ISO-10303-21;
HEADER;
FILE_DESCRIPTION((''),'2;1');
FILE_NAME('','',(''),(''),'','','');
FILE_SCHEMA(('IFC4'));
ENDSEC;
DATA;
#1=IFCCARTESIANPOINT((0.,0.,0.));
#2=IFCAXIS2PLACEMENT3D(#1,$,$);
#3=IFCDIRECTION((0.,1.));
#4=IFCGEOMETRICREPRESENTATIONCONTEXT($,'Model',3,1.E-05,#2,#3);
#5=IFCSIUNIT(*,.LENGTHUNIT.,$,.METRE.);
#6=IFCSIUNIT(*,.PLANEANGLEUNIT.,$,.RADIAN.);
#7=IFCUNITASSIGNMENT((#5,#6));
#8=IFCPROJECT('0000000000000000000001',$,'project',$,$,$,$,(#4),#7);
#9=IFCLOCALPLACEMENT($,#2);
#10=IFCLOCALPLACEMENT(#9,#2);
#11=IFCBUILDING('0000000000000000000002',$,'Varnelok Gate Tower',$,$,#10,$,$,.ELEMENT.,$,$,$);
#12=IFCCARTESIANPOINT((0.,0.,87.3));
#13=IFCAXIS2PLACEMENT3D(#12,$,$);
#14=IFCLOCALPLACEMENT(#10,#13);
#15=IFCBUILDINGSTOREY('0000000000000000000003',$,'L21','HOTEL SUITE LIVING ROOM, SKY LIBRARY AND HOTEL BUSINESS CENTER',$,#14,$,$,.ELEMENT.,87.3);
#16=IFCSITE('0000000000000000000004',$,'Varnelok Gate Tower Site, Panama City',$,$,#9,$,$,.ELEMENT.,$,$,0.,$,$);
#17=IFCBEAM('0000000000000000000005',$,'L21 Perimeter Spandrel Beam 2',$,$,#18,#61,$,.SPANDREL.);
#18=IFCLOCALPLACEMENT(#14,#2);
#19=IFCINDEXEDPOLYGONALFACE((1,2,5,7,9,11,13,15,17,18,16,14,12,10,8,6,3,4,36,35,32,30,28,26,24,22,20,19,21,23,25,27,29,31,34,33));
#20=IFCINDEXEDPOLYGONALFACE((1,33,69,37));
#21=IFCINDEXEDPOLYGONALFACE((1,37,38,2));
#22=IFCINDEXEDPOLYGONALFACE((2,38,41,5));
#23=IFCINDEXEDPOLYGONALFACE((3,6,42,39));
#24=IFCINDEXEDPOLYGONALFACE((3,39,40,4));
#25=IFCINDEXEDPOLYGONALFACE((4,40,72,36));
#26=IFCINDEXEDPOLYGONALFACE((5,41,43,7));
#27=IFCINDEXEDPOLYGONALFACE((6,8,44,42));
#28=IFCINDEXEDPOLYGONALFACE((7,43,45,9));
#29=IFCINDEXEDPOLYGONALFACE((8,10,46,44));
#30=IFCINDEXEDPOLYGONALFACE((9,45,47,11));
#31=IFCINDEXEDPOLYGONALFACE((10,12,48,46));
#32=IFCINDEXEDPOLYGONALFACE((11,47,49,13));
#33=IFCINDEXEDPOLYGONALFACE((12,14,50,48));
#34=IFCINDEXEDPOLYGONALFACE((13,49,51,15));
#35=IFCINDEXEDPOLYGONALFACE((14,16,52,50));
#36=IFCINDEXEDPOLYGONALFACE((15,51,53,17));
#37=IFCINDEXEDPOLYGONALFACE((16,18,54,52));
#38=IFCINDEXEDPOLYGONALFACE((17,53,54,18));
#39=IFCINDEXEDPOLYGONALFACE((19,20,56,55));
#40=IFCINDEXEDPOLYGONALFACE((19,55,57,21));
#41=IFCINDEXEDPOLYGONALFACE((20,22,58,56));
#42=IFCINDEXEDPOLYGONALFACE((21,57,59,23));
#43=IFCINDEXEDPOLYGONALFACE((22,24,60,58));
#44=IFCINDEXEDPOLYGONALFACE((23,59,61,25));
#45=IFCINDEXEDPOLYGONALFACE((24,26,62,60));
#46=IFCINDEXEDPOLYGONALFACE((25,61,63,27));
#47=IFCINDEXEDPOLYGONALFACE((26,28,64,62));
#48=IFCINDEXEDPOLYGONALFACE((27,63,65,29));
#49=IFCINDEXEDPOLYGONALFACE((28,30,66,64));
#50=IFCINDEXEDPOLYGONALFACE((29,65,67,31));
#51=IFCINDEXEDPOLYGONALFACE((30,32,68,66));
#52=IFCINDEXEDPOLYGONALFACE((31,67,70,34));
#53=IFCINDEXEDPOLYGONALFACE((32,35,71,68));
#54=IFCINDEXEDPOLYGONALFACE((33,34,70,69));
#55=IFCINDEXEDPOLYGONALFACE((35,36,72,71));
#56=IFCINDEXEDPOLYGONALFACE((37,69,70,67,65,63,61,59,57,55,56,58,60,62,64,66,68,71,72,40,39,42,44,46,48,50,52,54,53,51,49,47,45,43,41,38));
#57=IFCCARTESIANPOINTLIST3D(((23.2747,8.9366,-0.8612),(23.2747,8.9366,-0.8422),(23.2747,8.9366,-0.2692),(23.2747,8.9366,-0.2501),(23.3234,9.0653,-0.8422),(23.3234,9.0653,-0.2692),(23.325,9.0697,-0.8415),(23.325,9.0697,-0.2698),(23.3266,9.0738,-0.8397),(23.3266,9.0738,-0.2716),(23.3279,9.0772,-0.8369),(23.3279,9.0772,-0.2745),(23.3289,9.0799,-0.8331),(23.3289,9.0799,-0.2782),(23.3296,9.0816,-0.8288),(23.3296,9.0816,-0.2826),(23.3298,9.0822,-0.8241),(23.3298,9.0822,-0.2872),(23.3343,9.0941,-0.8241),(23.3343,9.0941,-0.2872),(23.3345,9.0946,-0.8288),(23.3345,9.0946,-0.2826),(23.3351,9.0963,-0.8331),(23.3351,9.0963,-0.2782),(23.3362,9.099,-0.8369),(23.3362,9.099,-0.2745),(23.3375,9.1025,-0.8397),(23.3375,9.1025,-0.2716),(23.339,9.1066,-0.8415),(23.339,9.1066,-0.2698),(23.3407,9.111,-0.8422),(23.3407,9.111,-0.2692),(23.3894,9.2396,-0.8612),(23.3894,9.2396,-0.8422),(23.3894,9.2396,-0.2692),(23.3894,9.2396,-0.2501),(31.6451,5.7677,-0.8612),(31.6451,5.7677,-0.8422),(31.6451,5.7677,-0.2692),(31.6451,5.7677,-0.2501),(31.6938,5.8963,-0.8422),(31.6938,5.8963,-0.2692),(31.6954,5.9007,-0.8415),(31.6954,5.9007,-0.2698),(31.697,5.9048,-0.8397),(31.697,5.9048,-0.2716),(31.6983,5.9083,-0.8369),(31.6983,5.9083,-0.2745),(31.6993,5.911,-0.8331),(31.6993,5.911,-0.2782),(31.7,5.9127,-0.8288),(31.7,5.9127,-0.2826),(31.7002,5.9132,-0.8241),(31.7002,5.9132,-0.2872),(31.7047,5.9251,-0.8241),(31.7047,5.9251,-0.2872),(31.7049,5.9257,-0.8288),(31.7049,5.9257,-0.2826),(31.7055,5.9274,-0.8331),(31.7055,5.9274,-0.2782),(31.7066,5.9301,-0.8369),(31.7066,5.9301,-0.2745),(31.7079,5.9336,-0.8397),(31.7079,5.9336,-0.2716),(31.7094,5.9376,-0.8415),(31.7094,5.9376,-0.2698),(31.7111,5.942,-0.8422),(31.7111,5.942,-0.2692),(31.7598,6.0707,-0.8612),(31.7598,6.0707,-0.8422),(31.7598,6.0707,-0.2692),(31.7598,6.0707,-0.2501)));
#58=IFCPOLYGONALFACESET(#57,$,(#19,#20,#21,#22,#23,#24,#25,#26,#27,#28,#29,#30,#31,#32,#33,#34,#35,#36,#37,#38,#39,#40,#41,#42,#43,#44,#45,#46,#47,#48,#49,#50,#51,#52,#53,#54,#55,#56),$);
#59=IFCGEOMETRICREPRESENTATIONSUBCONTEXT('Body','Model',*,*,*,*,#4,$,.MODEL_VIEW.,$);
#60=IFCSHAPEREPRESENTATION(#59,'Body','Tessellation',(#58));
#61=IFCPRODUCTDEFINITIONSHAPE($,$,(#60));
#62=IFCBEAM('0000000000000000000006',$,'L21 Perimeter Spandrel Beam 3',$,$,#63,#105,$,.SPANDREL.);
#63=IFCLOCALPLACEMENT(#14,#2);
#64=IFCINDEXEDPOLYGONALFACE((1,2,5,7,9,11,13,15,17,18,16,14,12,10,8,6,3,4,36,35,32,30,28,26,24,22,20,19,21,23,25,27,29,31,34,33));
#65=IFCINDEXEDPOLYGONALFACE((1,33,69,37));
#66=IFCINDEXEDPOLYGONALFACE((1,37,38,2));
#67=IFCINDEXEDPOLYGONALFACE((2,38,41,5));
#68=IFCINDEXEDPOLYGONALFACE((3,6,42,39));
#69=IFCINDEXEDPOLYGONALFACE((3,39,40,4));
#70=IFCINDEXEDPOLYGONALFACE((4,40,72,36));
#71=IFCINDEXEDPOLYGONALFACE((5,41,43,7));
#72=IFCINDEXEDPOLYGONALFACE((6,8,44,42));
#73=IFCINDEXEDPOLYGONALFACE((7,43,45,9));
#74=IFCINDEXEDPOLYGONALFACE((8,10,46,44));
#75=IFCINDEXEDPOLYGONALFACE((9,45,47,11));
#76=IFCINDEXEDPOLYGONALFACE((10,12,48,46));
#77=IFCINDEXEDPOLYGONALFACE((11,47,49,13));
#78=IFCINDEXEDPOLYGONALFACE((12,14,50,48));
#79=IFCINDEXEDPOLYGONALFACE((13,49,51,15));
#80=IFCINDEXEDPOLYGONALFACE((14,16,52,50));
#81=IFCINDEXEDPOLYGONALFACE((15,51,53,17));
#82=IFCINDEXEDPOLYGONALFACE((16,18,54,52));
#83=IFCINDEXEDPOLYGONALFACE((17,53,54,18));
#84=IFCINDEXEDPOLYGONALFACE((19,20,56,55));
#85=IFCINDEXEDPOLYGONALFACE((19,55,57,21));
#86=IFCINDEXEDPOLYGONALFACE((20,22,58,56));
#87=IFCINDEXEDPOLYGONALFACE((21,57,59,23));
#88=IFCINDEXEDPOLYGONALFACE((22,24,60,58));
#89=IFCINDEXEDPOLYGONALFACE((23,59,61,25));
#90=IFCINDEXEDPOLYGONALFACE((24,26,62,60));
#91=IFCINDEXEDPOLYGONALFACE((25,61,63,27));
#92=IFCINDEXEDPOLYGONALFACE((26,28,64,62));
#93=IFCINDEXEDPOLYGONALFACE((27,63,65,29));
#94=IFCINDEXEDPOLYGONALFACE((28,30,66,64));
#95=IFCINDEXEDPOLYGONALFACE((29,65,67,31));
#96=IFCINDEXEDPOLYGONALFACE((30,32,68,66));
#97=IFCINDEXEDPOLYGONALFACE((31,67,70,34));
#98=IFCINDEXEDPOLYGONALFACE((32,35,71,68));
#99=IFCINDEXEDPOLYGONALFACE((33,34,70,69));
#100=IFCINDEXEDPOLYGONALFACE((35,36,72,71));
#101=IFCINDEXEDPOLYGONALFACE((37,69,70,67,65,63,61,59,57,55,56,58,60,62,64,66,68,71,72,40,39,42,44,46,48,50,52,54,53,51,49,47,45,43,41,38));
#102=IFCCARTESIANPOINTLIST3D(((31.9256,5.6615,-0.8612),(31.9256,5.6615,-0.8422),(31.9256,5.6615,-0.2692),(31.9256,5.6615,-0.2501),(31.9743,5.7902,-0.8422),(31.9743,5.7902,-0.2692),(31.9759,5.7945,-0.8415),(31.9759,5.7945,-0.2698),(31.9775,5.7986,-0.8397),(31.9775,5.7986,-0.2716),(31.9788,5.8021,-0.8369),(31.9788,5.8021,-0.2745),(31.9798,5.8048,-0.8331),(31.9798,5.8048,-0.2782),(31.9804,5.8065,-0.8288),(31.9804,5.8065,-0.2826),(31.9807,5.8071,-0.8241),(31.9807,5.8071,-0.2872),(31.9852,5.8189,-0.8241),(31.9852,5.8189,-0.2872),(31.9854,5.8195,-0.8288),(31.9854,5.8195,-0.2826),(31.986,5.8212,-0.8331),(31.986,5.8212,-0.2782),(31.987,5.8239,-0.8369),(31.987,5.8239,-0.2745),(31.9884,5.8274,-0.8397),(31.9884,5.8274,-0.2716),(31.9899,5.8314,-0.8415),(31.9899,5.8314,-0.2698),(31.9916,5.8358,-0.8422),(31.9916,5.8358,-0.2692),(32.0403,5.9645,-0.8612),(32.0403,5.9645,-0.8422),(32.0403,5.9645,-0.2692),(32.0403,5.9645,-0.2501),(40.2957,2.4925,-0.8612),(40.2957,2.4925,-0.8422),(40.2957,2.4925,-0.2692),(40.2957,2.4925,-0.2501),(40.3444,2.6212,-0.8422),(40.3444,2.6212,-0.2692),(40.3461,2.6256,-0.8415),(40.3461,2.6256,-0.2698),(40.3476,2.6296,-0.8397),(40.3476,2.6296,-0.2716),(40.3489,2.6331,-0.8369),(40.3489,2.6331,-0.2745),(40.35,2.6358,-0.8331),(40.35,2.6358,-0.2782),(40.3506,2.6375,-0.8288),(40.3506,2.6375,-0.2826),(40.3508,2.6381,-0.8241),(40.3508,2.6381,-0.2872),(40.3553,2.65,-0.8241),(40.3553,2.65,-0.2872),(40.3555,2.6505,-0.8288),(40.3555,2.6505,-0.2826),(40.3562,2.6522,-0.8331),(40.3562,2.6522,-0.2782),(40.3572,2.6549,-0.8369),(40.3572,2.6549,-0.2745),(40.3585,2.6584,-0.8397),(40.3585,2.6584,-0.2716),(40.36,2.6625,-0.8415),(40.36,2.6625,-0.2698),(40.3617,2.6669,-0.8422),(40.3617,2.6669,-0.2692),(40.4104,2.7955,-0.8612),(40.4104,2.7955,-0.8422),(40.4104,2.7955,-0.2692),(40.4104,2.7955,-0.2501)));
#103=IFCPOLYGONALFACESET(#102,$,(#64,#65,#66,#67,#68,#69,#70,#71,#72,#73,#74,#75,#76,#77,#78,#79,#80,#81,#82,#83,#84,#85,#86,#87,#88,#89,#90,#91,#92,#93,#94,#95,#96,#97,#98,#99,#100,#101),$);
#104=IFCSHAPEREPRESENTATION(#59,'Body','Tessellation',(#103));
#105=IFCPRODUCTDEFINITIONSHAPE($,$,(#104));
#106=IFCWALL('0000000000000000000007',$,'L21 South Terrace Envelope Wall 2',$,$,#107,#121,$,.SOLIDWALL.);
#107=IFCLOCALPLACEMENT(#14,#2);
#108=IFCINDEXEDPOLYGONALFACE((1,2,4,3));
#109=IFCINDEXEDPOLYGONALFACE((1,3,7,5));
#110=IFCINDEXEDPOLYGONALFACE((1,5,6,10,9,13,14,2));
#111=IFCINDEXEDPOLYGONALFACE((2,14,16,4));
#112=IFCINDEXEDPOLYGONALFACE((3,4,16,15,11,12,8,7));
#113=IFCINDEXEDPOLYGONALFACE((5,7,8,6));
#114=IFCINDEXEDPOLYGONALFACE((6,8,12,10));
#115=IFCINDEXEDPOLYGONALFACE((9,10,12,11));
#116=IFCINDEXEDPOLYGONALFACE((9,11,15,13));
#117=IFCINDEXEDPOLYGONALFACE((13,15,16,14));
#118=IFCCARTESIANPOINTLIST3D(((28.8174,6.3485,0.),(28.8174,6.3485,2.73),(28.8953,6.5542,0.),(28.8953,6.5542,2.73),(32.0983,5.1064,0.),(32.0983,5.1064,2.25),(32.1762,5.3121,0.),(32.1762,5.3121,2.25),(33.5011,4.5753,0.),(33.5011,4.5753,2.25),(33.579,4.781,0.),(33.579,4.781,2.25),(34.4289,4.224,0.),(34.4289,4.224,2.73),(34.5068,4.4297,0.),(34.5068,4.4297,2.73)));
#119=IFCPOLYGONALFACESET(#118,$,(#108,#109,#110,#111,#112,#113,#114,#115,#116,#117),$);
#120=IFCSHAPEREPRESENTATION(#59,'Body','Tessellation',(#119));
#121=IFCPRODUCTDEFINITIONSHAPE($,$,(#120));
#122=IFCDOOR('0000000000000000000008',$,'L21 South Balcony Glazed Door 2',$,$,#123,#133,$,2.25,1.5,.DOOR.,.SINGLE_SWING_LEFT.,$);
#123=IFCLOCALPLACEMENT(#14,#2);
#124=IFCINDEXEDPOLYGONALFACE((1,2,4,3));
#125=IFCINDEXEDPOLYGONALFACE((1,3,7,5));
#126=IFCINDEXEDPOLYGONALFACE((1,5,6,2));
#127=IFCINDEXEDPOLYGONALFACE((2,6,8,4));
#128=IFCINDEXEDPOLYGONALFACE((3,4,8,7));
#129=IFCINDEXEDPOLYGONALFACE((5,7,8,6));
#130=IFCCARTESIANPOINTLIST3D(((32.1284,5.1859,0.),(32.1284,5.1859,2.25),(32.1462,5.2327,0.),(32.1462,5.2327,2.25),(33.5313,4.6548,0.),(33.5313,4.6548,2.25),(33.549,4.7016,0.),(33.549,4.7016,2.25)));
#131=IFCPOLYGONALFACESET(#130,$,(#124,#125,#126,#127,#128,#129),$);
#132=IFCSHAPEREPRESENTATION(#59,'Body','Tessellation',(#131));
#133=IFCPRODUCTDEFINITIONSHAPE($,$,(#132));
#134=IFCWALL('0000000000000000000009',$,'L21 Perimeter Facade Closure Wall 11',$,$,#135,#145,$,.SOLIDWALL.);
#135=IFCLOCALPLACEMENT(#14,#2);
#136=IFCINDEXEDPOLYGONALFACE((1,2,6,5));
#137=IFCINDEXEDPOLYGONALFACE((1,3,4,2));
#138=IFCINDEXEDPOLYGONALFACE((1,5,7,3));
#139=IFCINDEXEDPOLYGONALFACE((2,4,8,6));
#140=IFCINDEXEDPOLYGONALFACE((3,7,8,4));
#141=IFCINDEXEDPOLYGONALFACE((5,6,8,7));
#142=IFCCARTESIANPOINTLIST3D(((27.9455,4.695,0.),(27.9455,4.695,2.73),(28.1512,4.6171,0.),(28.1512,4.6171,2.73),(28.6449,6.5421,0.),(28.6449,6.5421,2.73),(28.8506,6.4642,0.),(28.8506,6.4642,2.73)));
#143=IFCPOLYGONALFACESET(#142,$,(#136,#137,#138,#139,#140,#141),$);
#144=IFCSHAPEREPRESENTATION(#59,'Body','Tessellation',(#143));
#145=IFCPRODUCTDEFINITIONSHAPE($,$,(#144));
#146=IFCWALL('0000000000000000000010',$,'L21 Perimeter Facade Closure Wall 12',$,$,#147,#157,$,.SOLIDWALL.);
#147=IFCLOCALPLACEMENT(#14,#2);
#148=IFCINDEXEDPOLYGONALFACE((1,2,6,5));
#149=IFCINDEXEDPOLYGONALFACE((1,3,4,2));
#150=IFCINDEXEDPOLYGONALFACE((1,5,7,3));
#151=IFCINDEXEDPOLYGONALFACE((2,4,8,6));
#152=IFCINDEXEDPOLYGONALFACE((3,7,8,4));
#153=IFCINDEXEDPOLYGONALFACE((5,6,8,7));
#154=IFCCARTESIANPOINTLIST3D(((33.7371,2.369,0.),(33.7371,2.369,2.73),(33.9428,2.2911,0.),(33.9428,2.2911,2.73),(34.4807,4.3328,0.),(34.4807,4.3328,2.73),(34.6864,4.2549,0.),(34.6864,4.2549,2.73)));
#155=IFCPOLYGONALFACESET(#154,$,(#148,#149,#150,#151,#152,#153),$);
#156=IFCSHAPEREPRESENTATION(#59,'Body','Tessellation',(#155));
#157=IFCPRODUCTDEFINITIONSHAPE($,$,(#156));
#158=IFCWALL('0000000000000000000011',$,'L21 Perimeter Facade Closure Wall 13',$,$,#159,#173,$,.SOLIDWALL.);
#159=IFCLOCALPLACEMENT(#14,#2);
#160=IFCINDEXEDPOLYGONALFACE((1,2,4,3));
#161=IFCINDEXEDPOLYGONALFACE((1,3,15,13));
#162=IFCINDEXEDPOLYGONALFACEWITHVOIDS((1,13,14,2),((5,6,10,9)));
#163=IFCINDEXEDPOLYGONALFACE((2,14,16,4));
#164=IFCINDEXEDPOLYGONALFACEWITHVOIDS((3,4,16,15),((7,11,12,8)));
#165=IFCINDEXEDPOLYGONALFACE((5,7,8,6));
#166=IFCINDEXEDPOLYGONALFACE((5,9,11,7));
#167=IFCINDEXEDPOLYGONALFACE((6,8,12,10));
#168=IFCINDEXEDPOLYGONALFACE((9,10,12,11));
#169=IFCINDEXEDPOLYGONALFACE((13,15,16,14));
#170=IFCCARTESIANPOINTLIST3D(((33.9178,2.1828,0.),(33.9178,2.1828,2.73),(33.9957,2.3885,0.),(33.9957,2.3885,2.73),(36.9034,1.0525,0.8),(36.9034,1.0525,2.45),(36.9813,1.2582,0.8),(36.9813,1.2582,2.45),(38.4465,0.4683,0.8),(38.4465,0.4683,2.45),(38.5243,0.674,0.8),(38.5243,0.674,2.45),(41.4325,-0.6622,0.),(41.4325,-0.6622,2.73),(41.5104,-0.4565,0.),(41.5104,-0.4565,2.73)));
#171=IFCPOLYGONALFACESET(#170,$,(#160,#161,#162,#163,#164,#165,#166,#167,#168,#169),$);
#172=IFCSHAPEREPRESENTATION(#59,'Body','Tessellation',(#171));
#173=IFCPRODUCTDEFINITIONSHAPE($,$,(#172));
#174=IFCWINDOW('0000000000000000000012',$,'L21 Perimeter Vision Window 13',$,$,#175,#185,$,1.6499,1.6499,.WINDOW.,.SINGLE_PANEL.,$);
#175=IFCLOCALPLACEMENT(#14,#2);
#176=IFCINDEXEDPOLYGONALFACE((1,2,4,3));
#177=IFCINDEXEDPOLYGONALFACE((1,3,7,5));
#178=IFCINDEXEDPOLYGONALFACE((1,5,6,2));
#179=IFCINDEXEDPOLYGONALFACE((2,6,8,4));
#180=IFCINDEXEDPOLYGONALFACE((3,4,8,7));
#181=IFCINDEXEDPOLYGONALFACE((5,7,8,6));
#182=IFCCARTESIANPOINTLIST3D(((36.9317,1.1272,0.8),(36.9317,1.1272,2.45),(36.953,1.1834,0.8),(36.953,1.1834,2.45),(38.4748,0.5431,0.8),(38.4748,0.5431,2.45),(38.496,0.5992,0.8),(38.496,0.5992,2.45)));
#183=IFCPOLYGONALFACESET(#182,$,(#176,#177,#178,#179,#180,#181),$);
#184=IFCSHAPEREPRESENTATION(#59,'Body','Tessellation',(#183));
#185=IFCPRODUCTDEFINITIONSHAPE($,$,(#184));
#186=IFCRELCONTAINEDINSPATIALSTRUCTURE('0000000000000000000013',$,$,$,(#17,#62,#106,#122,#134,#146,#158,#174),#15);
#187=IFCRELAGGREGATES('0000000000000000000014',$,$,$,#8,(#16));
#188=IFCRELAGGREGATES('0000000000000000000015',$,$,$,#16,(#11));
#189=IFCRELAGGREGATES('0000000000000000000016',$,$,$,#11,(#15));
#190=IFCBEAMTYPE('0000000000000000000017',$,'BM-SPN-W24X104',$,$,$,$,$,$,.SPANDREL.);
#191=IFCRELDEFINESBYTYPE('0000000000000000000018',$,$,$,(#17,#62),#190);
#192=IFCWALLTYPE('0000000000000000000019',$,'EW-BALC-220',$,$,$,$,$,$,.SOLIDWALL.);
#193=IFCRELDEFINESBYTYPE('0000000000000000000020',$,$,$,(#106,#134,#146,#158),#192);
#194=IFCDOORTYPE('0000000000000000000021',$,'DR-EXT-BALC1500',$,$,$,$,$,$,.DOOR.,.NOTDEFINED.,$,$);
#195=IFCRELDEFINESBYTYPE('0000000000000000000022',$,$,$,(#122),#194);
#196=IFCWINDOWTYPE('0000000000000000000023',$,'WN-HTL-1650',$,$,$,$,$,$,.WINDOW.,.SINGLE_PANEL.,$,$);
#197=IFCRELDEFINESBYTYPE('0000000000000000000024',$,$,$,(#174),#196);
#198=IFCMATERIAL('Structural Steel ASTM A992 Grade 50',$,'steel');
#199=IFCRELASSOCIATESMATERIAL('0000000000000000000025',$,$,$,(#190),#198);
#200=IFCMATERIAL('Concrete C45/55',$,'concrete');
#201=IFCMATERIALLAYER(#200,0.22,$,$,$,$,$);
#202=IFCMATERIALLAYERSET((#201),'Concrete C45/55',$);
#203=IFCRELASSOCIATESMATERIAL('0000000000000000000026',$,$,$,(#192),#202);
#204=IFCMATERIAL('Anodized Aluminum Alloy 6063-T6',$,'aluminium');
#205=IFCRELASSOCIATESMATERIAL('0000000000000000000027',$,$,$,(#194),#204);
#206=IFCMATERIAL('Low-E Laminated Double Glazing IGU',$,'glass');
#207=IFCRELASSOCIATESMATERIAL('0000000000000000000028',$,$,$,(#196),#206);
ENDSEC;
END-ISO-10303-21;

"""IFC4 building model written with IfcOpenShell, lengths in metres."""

from ifc_helpers import new_model, si_unit, direction, frame, frame_2d, origin, origin_2d, place, context, subcontext, project, spatial, rectangle, i_section, extrude, material, layer, layer_set, material_profile, profile_set, type_object, element, fill, save


model = new_model("IFC4")

# Units and contexts
model_context = context("Model", 3, precision=1e-05, world=origin(), true_north=direction((0.0, 1.0)))
body_context = subcontext(model_context, "Body", "Model", "MODEL_VIEW")
ifc_project = project(units=[si_unit("LENGTHUNIT", "METRE"), si_unit("PLANEANGLEUNIT", "RADIAN")], contexts=[model_context])

# Site, building, storey
site_placement = place(None, origin())
site = spatial("IfcSite", under=ifc_project, at=site_placement, Name="Varnelok Gate Tower Site, Panama City", CompositionType="ELEMENT", RefElevation=0.0)
building_placement = place(site_placement, origin())
building = spatial("IfcBuilding", under=site, at=building_placement, Name="Varnelok Gate Tower", CompositionType="ELEMENT")
storey_placement = place(building_placement, frame((0.0, 0.0, 87.3)))
storey = spatial("IfcBuildingStorey", under=building, at=storey_placement, Name="L21", Description="HOTEL SUITE LIVING ROOM, SKY LIBRARY AND HOTEL BUSINESS CENTER", CompositionType="ELEMENT", Elevation=87.3)

# Shared definitions
ifc_material_1 = material(Name="Structural Steel ASTM A992 Grade 50", Category="steel")

# Beams
ifc_material_profile_1 = material_profile(ifc_material_1, i_section(OverallWidth=0.324, OverallDepth=0.6111, WebThickness=0.0127, FlangeThickness=0.019, FilletRadius=0.0181, at=origin_2d()), Name="W24X104")
ifc_profile_set_1 = profile_set([ifc_material_profile_1], Name="Structural Steel ASTM A992 Grade 50")
beam_type_1 = type_object("IfcBeamType", Name="BM-SPN-W24X104", PredefinedType="SPANDREL", material=ifc_profile_set_1)
beam_1_placement = place(storey_placement, frame((23.332, 9.0881, -0.5557), z_axis=(0.93522, -0.354066, 0.0), x_axis=(0.354066, 0.93522, 0.0)))
element("IfcBeam", 1, at=beam_1_placement, inside=storey, type_object=beam_type_1, Name="L21 Perimeter Spandrel Beam 2", PredefinedType="SPANDREL", context=body_context, shape_type="SweptSolid", body=[
    extrude(i_section(OverallWidth=0.324, OverallDepth=0.6111, WebThickness=0.0127, FlangeThickness=0.019, FilletRadius=0.0181, at=origin_2d()), origin(), (0.0, 0.0, 1.0), 8.9502),
])
beam_2_placement = place(storey_placement, frame((31.9829, 5.813, -0.5557), z_axis=(0.935217, -0.354075, 0.0), x_axis=(0.354075, 0.935217, 0.0)))
element("IfcBeam", 2, at=beam_2_placement, inside=storey, type_object=beam_type_1, Name="L21 Perimeter Spandrel Beam 3", PredefinedType="SPANDREL", context=body_context, shape_type="SweptSolid", body=[
    extrude(i_section(OverallWidth=0.324, OverallDepth=0.6111, WebThickness=0.0127, FlangeThickness=0.019, FilletRadius=0.0181, at=origin_2d()), origin(), (0.0, 0.0, 1.0), 8.95),
])

# Wall, opening, door
ifc_material_2 = material(Name="Concrete C45/55", Category="concrete")
ifc_layer_1 = layer(ifc_material_2, 0.22)
ifc_layer_set_1 = layer_set([ifc_layer_1], Name="Concrete C45/55")
wall_type_1 = type_object("IfcWallType", Name="EW-BALC-220", PredefinedType="SOLIDWALL", material=ifc_layer_set_1)
wall_1_placement = place(storey_placement, frame((34.4678, 4.3269, 0.0), z_axis=(0.0, 0.0, 1.0), x_axis=(-0.935219, 0.354069, 0.0)))
wall_1 = element("IfcWall", 3, at=wall_1_placement, inside=storey, type_object=wall_type_1, Name="L21 South Terrace Envelope Wall 2", PredefinedType="SOLIDWALL", context=body_context, shape_type="SweptSolid", body=[
    extrude(rectangle(XDim=6.0002, YDim=0.22, at=frame_2d((3.0, 0.0))), origin(), (0.0, 0.0, 1.0), 2.73),
])
opening_1_placement = place(wall_1_placement, frame((0.9919, 0.0, 0.0)))
opening_1 = element("IfcOpeningElement", 4, at=opening_1_placement, cuts=wall_1, PredefinedType="OPENING", context=body_context, shape_type="SweptSolid", body=[
    extrude(rectangle(XDim=1.5, YDim=2.25, at=frame_2d((0.75, 1.125))), frame((0.0, 0.1199, 0.0), z_axis=(0.0, -1.0, 0.0), x_axis=(1.0, 0.0, 0.0)), (0.0, 0.0, 1.0), 0.24),
])
ifc_material_3 = material(Name="Anodized Aluminum Alloy 6063-T6", Category="aluminium")
door_type_1 = type_object("IfcDoorType", Name="DR-EXT-BALC1500", OperationType="NOTDEFINED", PredefinedType="DOOR", material=ifc_material_3)
door_1_placement = place(opening_1_placement, origin())
door_1 = element("IfcDoor", 5, at=door_1_placement, inside=storey, type_object=door_type_1, Name="L21 South Balcony Glazed Door 2", OperationType="SINGLE_SWING_LEFT", OverallHeight=2.25, OverallWidth=1.5, PredefinedType="DOOR", context=body_context, shape_type="SweptSolid", body=[
    extrude(rectangle(XDim=1.5, YDim=2.25, at=frame_2d((0.75, 1.125))), frame((0.0, 0.0249, 0.0), z_axis=(0.0, -1.0, 0.0), x_axis=(1.0, 0.0, 0.0)), (0.0, 0.0, 1.0), 0.05),
])
fill(opening_1, door_1)

# Walls
wall_2_placement = place(storey_placement, frame((28.0483, 4.656, 0.0), z_axis=(0.0, 0.0, 1.0), x_axis=(0.354129, 0.935197, 0.0)))
element("IfcWall", 6, at=wall_2_placement, inside=storey, type_object=wall_type_1, Name="L21 Perimeter Facade Closure Wall 11", PredefinedType="SOLIDWALL", context=body_context, shape_type="SweptSolid", body=[
    extrude(rectangle(XDim=1.9751, YDim=0.22, at=frame_2d((0.9875, 0.0))), origin(), (0.0, 0.0, 1.0), 2.73),
])
wall_3_placement = place(storey_placement, frame((34.5835, 4.2937, 0.0), z_axis=(0.0, 0.0, 1.0), x_axis=(-0.354128, -0.935197, 0.0)))
element("IfcWall", 7, at=wall_3_placement, inside=storey, type_object=wall_type_1, Name="L21 Perimeter Facade Closure Wall 12", PredefinedType="SOLIDWALL", context=body_context, shape_type="SweptSolid", body=[
    extrude(rectangle(XDim=2.0999, YDim=0.22, at=frame_2d((1.0498, 0.0))), origin(), (0.0, 0.0, 1.0), 2.73),
])

# Wall, opening, window
wall_4_placement = place(storey_placement, frame((33.9568, 2.2856, 0.0), z_axis=(0.0, 0.0, 1.0), x_axis=(0.935221, -0.354065, 0.0)))
wall_4 = element("IfcWall", 8, at=wall_4_placement, inside=storey, type_object=wall_type_1, Name="L21 Perimeter Facade Closure Wall 13", PredefinedType="SOLIDWALL", context=body_context, shape_type="SweptSolid", body=[
    extrude(rectangle(XDim=8.0352, YDim=0.22, at=frame_2d((4.0176, 0.0))), origin(), (0.0, 0.0, 1.0), 2.73),
])
opening_2_placement = place(wall_4_placement, frame((3.1924, 0.0, 0.8)))
opening_2 = element("IfcOpeningElement", 9, at=opening_2_placement, cuts=wall_4, PredefinedType="OPENING", context=body_context, shape_type="SweptSolid", body=[
    extrude(rectangle(XDim=1.6499, YDim=1.6499, at=frame_2d((0.825, 0.825))), frame((0.0, 0.1199, 0.0), z_axis=(0.0, -1.0, 0.0), x_axis=(1.0, 0.0, 0.0)), (0.0, 0.0, 1.0), 0.24),
])
ifc_material_4 = material(Name="Low-E Laminated Double Glazing IGU", Category="glass")
window_type = type_object("IfcWindowType", Name="WN-HTL-1650", PartitioningType="SINGLE_PANEL", PredefinedType="WINDOW", material=ifc_material_4)
window_placement = place(opening_2_placement, origin())
window = element("IfcWindow", 10, at=window_placement, inside=storey, type_object=window_type, Name="L21 Perimeter Vision Window 13", OverallHeight=1.6499, OverallWidth=1.6499, PartitioningType="SINGLE_PANEL", PredefinedType="WINDOW", context=body_context, shape_type="SweptSolid", body=[
    extrude(rectangle(XDim=1.6499, YDim=1.6499, at=frame_2d((0.825, 0.825))), frame((0.0, 0.03, 0.0), z_axis=(0.0, -1.0, 0.0), x_axis=(1.0, 0.0, 0.0)), (0.0, 0.0, 1.0), 0.0601),
])
fill(opening_2, window)

save(model, "model.ifc")
